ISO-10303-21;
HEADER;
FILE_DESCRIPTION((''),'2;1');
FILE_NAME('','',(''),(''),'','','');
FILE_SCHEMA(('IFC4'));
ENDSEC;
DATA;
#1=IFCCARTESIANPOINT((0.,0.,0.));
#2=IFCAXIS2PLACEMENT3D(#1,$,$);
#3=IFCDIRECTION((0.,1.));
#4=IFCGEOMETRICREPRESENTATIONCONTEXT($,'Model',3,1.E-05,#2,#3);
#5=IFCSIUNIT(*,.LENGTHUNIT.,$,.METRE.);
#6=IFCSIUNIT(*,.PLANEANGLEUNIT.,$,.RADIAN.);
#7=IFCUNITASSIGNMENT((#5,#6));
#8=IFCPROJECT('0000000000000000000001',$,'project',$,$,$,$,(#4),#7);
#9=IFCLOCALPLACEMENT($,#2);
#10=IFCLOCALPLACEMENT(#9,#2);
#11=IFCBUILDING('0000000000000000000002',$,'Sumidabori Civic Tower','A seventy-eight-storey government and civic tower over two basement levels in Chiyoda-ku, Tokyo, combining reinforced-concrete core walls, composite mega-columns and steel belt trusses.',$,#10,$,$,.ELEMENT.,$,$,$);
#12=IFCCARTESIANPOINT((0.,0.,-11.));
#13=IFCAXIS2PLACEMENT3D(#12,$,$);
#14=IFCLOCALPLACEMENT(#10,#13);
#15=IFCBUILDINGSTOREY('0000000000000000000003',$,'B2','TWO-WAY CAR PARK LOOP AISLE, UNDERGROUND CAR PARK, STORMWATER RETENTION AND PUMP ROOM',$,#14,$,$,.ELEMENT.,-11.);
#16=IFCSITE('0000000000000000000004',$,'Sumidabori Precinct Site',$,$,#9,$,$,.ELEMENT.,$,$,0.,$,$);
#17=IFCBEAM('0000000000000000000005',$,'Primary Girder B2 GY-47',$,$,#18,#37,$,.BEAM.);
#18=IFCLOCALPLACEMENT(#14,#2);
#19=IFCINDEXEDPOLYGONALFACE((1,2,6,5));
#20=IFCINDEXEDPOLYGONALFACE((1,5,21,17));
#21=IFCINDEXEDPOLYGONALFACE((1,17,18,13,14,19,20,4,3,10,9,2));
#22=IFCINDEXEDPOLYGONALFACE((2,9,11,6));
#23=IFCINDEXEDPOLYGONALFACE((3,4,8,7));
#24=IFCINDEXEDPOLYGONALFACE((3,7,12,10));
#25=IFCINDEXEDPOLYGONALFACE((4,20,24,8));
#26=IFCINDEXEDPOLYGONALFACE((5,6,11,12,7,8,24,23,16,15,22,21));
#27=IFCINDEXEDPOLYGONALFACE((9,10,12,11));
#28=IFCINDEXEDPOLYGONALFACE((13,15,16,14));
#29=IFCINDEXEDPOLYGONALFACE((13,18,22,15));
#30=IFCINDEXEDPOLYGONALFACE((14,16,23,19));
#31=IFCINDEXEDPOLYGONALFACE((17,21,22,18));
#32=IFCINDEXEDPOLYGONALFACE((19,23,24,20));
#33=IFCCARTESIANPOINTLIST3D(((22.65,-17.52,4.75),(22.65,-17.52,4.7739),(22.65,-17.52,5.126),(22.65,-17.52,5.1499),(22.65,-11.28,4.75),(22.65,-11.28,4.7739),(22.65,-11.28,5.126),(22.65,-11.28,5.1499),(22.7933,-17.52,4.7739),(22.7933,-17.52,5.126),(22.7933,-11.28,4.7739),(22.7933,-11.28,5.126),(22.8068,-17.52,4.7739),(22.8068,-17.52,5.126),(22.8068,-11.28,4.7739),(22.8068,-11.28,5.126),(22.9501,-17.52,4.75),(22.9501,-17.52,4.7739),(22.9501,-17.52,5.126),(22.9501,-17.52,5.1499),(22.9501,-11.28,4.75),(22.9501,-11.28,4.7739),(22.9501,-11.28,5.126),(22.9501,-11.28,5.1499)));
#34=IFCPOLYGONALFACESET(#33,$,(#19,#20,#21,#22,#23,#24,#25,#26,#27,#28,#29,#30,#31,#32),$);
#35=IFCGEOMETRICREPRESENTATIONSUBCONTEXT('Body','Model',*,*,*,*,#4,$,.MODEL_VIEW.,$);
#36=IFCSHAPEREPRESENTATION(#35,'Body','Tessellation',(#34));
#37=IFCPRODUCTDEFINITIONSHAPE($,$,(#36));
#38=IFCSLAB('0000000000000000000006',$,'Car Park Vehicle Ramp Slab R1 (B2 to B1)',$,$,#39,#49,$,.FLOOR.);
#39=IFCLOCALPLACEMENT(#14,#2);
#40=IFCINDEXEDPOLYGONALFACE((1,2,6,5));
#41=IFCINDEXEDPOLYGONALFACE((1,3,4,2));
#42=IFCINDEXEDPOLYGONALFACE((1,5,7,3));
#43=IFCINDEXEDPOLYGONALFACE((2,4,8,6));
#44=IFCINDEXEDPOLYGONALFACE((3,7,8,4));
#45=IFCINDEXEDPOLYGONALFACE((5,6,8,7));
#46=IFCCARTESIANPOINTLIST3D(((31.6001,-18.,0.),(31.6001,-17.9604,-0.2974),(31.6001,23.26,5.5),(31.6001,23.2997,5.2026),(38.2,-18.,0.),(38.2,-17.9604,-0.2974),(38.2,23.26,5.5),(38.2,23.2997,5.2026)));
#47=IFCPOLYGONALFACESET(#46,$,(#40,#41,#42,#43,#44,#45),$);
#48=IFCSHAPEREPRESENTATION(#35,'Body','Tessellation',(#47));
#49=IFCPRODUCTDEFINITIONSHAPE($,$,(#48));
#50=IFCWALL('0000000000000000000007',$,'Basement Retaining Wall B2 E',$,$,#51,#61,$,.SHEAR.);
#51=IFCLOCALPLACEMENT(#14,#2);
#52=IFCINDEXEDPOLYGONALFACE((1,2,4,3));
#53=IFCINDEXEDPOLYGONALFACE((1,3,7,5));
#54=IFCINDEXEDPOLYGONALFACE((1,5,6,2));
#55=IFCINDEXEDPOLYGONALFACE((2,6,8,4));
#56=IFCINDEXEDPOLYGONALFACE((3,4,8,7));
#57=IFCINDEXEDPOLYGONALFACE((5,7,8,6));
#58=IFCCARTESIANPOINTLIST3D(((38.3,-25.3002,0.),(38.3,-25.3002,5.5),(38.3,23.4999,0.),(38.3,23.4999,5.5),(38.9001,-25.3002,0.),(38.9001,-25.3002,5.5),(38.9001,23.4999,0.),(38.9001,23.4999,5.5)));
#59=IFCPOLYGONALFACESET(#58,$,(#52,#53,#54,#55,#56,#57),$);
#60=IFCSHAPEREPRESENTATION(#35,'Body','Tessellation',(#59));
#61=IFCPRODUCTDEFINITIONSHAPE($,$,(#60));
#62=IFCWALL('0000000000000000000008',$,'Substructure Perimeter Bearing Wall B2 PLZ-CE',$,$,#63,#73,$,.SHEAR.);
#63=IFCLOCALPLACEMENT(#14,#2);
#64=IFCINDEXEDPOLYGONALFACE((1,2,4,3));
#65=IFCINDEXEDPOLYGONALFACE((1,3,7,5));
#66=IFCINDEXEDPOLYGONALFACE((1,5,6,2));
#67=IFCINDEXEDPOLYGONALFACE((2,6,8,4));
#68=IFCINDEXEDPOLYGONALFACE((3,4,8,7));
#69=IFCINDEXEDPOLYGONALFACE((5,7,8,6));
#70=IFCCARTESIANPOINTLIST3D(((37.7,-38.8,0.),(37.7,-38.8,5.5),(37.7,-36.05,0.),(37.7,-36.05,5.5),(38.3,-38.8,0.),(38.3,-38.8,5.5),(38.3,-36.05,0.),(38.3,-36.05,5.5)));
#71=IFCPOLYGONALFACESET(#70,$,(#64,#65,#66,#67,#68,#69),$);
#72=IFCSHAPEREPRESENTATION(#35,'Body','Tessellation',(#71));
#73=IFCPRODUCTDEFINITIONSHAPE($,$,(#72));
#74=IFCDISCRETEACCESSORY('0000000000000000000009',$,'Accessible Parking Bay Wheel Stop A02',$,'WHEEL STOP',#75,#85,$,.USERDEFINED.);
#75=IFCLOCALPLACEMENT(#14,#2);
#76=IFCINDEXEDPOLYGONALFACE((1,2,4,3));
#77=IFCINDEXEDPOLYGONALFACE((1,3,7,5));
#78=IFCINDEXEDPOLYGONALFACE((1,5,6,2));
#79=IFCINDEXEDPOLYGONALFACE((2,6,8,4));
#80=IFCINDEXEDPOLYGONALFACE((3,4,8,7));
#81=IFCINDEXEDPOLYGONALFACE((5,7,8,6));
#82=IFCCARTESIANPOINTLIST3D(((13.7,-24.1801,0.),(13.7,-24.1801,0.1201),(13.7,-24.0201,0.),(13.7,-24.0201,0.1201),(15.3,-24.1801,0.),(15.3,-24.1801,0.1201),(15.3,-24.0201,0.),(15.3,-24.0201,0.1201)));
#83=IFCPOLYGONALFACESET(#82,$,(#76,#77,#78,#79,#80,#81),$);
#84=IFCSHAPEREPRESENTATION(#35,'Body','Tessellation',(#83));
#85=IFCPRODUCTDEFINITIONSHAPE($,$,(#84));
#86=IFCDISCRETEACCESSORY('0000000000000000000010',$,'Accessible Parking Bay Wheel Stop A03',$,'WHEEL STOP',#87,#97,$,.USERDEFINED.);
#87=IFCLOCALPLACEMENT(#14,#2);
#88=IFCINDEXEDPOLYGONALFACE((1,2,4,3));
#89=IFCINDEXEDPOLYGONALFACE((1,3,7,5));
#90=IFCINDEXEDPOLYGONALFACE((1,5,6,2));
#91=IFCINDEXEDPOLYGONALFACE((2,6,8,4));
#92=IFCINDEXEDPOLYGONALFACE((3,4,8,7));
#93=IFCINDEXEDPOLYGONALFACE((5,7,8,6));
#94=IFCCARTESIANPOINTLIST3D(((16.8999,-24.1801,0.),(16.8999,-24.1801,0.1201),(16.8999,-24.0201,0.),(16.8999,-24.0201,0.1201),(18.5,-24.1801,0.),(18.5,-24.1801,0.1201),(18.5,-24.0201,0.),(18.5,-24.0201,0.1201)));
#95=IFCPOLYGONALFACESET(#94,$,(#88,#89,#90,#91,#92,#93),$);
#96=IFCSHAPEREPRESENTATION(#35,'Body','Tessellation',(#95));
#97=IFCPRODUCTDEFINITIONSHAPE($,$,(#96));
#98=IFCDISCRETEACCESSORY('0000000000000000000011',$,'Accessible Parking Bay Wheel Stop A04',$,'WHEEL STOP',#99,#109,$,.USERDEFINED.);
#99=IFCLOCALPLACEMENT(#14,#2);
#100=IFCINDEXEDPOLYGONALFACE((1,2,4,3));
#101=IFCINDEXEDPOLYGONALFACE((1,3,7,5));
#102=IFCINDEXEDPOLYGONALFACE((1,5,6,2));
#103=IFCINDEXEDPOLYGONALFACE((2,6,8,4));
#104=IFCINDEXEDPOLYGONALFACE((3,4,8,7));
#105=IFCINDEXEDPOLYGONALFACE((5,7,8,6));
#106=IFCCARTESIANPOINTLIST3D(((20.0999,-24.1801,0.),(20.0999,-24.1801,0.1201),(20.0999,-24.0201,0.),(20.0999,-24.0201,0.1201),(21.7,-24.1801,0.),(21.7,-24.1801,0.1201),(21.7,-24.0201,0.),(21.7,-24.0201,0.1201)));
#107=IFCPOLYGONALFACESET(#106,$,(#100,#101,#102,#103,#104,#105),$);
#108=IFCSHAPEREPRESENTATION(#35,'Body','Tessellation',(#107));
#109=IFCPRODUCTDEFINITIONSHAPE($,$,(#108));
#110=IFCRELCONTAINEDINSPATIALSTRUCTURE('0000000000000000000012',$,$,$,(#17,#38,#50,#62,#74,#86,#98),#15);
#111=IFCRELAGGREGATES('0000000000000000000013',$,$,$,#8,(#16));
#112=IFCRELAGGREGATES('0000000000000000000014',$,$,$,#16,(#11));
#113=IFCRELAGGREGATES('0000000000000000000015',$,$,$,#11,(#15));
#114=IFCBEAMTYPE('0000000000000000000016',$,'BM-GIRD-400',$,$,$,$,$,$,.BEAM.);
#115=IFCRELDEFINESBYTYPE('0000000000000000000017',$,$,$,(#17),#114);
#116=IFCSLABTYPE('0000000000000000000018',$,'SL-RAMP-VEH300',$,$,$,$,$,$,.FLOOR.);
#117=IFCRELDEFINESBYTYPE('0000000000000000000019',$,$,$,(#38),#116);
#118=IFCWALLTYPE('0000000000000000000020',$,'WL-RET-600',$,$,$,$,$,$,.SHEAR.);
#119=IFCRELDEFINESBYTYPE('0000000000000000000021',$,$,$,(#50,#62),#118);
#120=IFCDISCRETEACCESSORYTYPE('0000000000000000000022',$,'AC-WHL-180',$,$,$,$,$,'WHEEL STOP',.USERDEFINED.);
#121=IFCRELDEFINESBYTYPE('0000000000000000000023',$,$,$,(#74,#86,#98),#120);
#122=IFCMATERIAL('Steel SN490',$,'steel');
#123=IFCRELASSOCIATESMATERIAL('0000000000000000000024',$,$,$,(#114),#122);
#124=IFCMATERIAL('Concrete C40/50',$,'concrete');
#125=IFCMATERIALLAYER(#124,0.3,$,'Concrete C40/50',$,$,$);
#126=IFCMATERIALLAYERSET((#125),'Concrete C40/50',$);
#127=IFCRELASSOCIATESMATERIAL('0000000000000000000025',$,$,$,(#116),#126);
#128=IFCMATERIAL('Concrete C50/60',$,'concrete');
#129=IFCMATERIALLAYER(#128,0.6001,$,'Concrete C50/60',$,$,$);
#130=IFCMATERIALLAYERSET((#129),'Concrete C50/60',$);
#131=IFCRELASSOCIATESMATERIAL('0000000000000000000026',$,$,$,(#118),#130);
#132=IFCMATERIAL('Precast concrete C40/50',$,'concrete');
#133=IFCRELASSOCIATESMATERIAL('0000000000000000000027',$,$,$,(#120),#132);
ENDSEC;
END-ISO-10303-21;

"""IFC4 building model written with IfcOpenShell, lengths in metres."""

from ifc_helpers import new_model, si_unit, direction, frame, frame_2d, origin, origin_2d, place, context, subcontext, project, spatial, polyline, rectangle, i_section, outline, extrude, source, transform, mapped, material, layer, layer_set, material_profile, profile_set, type_object, element, save


model = new_model("IFC4")

# Units and contexts
model_context = context("Model", 3, precision=1e-05, world=origin(), true_north=direction((0.0, 1.0)))
body_context = subcontext(model_context, "Body", "Model", "MODEL_VIEW")
ifc_project = project(units=[si_unit("LENGTHUNIT", "METRE"), si_unit("PLANEANGLEUNIT", "RADIAN")], contexts=[model_context])

# Site, building, storey
site_placement = place(None, origin())
site = spatial("IfcSite", under=ifc_project, at=site_placement, Name="Sumidabori Precinct Site", CompositionType="ELEMENT", RefElevation=0.0)
building_placement = place(site_placement, origin())
building = spatial("IfcBuilding", under=site, at=building_placement, Name="Sumidabori Civic Tower", Description="A seventy-eight-storey government and civic tower over two basement levels in Chiyoda-ku, Tokyo, combining reinforced-concrete core walls, composite mega-columns and steel belt trusses.", CompositionType="ELEMENT")
storey_placement = place(building_placement, frame((0.0, 0.0, -11.0)))
storey = spatial("IfcBuildingStorey", under=building, at=storey_placement, Name="B2", Description="TWO-WAY CAR PARK LOOP AISLE, UNDERGROUND CAR PARK, STORMWATER RETENTION AND PUMP ROOM", CompositionType="ELEMENT", Elevation=-11.0)

# Shared definitions
ifc_material_1 = material(Name="Concrete C50/60", Category="concrete")

# Beam
ifc_material_2 = material(Name="Steel SN490", Category="steel")
ifc_material_profile_1 = material_profile(ifc_material_2, i_section(OverallWidth=0.3, OverallDepth=0.3999, WebThickness=0.0134, FlangeThickness=0.0239, at=origin_2d()), Name="HE 400 B")
ifc_profile_set_1 = profile_set([ifc_material_profile_1], Name="Steel SN490")
beam_type_1 = type_object("IfcBeamType", Name="BM-GIRD-400", PredefinedType="BEAM", material=ifc_profile_set_1)
shared_shape_1 = source(origin(), body_context, "Body", "SweptSolid", [
    extrude(i_section(OverallWidth=0.3, OverallDepth=0.3999, WebThickness=0.0134, FlangeThickness=0.0239, at=origin_2d()), origin(), (0.0, 0.0, 1.0), 6.24),
])
for number, where, z_axis, x_axis, name in (
    (1, (22.8, -17.52, 4.95), (0.0, 1.0, 0.0), (-1.0, 0.0, 0.0), "Primary Girder B2 GY-47"),
):
    element("IfcBeam", number, at=place(storey_placement, frame(where, z_axis=z_axis, x_axis=x_axis)), inside=storey, type_object=beam_type_1, Name=name, PredefinedType="BEAM", context=body_context, shape_type="MappedRepresentation", body=[
        mapped(shared_shape_1, transform((0.0, 0.0, 0.0), x_axis=(1.0, 0.0, 0.0), y_axis=(0.0, 1.0, 0.0), z_axis=(0.0, 0.0, 1.0), scale=1.0)),
    ])

# Slab
ifc_material_3 = material(Name="Concrete C40/50", Category="concrete")
ifc_layer_1 = layer(ifc_material_3, 0.3, Name="Concrete C40/50")
ifc_layer_set_1 = layer_set([ifc_layer_1], Name="Concrete C40/50")
slab_type = type_object("IfcSlabType", Name="SL-RAMP-VEH300", PredefinedType="FLOOR", material=ifc_layer_set_1)
slab_placement = place(storey_placement, frame((31.6001, -18.0, 0.0), z_axis=(0.0, -0.132132, 0.991232), x_axis=(1.0, 0.0, 0.0)))
element("IfcSlab", 2, at=slab_placement, inside=storey, type_object=slab_type, Name="Car Park Vehicle Ramp Slab R1 (B2 to B1)", PredefinedType="FLOOR", context=body_context, shape_type="SweptSolid", body=[
    extrude(outline(polyline([(0.0, 0.0), (6.5999, 0.0), (6.5999, 41.625), (0.0, 41.625), (0.0, 0.0)])), origin(), (0.0, 0.0, -1.0), 0.3),
])

# Walls
ifc_layer_2 = layer(ifc_material_1, 0.6001, Name="Concrete C50/60")
ifc_layer_set_2 = layer_set([ifc_layer_2], Name="Concrete C50/60")
wall_type = type_object("IfcWallType", Name="WL-RET-600", PredefinedType="SHEAR", material=ifc_layer_set_2)
shared_shape_2 = source(origin(), body_context, "Body", "SweptSolid", [
    extrude(rectangle(XDim=48.8, YDim=0.6001, at=frame_2d((24.3999, 0.0))), origin(), (0.0, 0.0, 1.0), 5.5),
])
wall_1_placement = place(storey_placement, frame((38.6001, -25.3, 0.0), z_axis=(0.0, 0.0, 1.0), x_axis=(0.0, 1.0, 0.0)))
element("IfcWall", 3, at=wall_1_placement, inside=storey, type_object=wall_type, Name="Basement Retaining Wall B2 E", PredefinedType="SHEAR", context=body_context, shape_type="MappedRepresentation", body=[
    mapped(shared_shape_2, transform((0.0, 0.0, 0.0), x_axis=(1.0, 0.0, 0.0), y_axis=(0.0, 1.0, 0.0), z_axis=(0.0, 0.0, 1.0), scale=1.0)),
])
shared_shape_3 = source(origin(), body_context, "Body", "SweptSolid", [
    extrude(rectangle(XDim=2.75, YDim=0.6001, at=frame_2d((1.375, 0.0))), origin(), (0.0, 0.0, 1.0), 5.5),
])
wall_2_placement = place(storey_placement, frame((38.0, -38.8, 0.0), z_axis=(0.0, 0.0, 1.0), x_axis=(0.0, 1.0, 0.0)))
element("IfcWall", 4, at=wall_2_placement, inside=storey, type_object=wall_type, Name="Substructure Perimeter Bearing Wall B2 PLZ-CE", PredefinedType="SHEAR", context=body_context, shape_type="MappedRepresentation", body=[
    mapped(shared_shape_3, transform((0.0, 0.0, 0.0), x_axis=(1.0, 0.0, 0.0), y_axis=(0.0, 1.0, 0.0), z_axis=(0.0, 0.0, 1.0), scale=1.0)),
])

# Discrete accessories
ifc_material_4 = material(Name="Precast concrete C40/50", Category="concrete")
discrete_accessory_type = type_object("IfcDiscreteAccessoryType", Name="AC-WHL-180", ElementType="WHEEL STOP", PredefinedType="USERDEFINED", material=ifc_material_4)
shared_shape_4 = source(origin(), body_context, "Body", "SweptSolid", [
    extrude(rectangle(XDim=1.6001, YDim=0.1599, at=origin_2d()), origin(), (0.0, 0.0, 1.0), 0.1201),
])
for number, where, z_axis, x_axis, name in (
    (5, (14.5, -24.1001, 0.0), (0.0, 0.0, 1.0), (1.0, 0.0, 0.0), "Accessible Parking Bay Wheel Stop A02"),
    (6, (17.7, -24.1001, 0.0), (0.0, 0.0, 1.0), (1.0, 0.0, 0.0), "Accessible Parking Bay Wheel Stop A03"),
    (7, (20.8999, -24.1001, 0.0), (0.0, 0.0, 1.0), (1.0, 0.0, 0.0), "Accessible Parking Bay Wheel Stop A04"),
):
    element("IfcDiscreteAccessory", number, at=place(storey_placement, frame(where, z_axis=z_axis, x_axis=x_axis)), inside=storey, type_object=discrete_accessory_type, Name=name, ObjectType="WHEEL STOP", PredefinedType="USERDEFINED", context=body_context, shape_type="MappedRepresentation", body=[
        mapped(shared_shape_4, transform((0.0, 0.0, 0.0), x_axis=(1.0, 0.0, 0.0), y_axis=(0.0, 1.0, 0.0), z_axis=(0.0, 0.0, 1.0), scale=1.0)),
    ])

save(model, "model.ifc")
